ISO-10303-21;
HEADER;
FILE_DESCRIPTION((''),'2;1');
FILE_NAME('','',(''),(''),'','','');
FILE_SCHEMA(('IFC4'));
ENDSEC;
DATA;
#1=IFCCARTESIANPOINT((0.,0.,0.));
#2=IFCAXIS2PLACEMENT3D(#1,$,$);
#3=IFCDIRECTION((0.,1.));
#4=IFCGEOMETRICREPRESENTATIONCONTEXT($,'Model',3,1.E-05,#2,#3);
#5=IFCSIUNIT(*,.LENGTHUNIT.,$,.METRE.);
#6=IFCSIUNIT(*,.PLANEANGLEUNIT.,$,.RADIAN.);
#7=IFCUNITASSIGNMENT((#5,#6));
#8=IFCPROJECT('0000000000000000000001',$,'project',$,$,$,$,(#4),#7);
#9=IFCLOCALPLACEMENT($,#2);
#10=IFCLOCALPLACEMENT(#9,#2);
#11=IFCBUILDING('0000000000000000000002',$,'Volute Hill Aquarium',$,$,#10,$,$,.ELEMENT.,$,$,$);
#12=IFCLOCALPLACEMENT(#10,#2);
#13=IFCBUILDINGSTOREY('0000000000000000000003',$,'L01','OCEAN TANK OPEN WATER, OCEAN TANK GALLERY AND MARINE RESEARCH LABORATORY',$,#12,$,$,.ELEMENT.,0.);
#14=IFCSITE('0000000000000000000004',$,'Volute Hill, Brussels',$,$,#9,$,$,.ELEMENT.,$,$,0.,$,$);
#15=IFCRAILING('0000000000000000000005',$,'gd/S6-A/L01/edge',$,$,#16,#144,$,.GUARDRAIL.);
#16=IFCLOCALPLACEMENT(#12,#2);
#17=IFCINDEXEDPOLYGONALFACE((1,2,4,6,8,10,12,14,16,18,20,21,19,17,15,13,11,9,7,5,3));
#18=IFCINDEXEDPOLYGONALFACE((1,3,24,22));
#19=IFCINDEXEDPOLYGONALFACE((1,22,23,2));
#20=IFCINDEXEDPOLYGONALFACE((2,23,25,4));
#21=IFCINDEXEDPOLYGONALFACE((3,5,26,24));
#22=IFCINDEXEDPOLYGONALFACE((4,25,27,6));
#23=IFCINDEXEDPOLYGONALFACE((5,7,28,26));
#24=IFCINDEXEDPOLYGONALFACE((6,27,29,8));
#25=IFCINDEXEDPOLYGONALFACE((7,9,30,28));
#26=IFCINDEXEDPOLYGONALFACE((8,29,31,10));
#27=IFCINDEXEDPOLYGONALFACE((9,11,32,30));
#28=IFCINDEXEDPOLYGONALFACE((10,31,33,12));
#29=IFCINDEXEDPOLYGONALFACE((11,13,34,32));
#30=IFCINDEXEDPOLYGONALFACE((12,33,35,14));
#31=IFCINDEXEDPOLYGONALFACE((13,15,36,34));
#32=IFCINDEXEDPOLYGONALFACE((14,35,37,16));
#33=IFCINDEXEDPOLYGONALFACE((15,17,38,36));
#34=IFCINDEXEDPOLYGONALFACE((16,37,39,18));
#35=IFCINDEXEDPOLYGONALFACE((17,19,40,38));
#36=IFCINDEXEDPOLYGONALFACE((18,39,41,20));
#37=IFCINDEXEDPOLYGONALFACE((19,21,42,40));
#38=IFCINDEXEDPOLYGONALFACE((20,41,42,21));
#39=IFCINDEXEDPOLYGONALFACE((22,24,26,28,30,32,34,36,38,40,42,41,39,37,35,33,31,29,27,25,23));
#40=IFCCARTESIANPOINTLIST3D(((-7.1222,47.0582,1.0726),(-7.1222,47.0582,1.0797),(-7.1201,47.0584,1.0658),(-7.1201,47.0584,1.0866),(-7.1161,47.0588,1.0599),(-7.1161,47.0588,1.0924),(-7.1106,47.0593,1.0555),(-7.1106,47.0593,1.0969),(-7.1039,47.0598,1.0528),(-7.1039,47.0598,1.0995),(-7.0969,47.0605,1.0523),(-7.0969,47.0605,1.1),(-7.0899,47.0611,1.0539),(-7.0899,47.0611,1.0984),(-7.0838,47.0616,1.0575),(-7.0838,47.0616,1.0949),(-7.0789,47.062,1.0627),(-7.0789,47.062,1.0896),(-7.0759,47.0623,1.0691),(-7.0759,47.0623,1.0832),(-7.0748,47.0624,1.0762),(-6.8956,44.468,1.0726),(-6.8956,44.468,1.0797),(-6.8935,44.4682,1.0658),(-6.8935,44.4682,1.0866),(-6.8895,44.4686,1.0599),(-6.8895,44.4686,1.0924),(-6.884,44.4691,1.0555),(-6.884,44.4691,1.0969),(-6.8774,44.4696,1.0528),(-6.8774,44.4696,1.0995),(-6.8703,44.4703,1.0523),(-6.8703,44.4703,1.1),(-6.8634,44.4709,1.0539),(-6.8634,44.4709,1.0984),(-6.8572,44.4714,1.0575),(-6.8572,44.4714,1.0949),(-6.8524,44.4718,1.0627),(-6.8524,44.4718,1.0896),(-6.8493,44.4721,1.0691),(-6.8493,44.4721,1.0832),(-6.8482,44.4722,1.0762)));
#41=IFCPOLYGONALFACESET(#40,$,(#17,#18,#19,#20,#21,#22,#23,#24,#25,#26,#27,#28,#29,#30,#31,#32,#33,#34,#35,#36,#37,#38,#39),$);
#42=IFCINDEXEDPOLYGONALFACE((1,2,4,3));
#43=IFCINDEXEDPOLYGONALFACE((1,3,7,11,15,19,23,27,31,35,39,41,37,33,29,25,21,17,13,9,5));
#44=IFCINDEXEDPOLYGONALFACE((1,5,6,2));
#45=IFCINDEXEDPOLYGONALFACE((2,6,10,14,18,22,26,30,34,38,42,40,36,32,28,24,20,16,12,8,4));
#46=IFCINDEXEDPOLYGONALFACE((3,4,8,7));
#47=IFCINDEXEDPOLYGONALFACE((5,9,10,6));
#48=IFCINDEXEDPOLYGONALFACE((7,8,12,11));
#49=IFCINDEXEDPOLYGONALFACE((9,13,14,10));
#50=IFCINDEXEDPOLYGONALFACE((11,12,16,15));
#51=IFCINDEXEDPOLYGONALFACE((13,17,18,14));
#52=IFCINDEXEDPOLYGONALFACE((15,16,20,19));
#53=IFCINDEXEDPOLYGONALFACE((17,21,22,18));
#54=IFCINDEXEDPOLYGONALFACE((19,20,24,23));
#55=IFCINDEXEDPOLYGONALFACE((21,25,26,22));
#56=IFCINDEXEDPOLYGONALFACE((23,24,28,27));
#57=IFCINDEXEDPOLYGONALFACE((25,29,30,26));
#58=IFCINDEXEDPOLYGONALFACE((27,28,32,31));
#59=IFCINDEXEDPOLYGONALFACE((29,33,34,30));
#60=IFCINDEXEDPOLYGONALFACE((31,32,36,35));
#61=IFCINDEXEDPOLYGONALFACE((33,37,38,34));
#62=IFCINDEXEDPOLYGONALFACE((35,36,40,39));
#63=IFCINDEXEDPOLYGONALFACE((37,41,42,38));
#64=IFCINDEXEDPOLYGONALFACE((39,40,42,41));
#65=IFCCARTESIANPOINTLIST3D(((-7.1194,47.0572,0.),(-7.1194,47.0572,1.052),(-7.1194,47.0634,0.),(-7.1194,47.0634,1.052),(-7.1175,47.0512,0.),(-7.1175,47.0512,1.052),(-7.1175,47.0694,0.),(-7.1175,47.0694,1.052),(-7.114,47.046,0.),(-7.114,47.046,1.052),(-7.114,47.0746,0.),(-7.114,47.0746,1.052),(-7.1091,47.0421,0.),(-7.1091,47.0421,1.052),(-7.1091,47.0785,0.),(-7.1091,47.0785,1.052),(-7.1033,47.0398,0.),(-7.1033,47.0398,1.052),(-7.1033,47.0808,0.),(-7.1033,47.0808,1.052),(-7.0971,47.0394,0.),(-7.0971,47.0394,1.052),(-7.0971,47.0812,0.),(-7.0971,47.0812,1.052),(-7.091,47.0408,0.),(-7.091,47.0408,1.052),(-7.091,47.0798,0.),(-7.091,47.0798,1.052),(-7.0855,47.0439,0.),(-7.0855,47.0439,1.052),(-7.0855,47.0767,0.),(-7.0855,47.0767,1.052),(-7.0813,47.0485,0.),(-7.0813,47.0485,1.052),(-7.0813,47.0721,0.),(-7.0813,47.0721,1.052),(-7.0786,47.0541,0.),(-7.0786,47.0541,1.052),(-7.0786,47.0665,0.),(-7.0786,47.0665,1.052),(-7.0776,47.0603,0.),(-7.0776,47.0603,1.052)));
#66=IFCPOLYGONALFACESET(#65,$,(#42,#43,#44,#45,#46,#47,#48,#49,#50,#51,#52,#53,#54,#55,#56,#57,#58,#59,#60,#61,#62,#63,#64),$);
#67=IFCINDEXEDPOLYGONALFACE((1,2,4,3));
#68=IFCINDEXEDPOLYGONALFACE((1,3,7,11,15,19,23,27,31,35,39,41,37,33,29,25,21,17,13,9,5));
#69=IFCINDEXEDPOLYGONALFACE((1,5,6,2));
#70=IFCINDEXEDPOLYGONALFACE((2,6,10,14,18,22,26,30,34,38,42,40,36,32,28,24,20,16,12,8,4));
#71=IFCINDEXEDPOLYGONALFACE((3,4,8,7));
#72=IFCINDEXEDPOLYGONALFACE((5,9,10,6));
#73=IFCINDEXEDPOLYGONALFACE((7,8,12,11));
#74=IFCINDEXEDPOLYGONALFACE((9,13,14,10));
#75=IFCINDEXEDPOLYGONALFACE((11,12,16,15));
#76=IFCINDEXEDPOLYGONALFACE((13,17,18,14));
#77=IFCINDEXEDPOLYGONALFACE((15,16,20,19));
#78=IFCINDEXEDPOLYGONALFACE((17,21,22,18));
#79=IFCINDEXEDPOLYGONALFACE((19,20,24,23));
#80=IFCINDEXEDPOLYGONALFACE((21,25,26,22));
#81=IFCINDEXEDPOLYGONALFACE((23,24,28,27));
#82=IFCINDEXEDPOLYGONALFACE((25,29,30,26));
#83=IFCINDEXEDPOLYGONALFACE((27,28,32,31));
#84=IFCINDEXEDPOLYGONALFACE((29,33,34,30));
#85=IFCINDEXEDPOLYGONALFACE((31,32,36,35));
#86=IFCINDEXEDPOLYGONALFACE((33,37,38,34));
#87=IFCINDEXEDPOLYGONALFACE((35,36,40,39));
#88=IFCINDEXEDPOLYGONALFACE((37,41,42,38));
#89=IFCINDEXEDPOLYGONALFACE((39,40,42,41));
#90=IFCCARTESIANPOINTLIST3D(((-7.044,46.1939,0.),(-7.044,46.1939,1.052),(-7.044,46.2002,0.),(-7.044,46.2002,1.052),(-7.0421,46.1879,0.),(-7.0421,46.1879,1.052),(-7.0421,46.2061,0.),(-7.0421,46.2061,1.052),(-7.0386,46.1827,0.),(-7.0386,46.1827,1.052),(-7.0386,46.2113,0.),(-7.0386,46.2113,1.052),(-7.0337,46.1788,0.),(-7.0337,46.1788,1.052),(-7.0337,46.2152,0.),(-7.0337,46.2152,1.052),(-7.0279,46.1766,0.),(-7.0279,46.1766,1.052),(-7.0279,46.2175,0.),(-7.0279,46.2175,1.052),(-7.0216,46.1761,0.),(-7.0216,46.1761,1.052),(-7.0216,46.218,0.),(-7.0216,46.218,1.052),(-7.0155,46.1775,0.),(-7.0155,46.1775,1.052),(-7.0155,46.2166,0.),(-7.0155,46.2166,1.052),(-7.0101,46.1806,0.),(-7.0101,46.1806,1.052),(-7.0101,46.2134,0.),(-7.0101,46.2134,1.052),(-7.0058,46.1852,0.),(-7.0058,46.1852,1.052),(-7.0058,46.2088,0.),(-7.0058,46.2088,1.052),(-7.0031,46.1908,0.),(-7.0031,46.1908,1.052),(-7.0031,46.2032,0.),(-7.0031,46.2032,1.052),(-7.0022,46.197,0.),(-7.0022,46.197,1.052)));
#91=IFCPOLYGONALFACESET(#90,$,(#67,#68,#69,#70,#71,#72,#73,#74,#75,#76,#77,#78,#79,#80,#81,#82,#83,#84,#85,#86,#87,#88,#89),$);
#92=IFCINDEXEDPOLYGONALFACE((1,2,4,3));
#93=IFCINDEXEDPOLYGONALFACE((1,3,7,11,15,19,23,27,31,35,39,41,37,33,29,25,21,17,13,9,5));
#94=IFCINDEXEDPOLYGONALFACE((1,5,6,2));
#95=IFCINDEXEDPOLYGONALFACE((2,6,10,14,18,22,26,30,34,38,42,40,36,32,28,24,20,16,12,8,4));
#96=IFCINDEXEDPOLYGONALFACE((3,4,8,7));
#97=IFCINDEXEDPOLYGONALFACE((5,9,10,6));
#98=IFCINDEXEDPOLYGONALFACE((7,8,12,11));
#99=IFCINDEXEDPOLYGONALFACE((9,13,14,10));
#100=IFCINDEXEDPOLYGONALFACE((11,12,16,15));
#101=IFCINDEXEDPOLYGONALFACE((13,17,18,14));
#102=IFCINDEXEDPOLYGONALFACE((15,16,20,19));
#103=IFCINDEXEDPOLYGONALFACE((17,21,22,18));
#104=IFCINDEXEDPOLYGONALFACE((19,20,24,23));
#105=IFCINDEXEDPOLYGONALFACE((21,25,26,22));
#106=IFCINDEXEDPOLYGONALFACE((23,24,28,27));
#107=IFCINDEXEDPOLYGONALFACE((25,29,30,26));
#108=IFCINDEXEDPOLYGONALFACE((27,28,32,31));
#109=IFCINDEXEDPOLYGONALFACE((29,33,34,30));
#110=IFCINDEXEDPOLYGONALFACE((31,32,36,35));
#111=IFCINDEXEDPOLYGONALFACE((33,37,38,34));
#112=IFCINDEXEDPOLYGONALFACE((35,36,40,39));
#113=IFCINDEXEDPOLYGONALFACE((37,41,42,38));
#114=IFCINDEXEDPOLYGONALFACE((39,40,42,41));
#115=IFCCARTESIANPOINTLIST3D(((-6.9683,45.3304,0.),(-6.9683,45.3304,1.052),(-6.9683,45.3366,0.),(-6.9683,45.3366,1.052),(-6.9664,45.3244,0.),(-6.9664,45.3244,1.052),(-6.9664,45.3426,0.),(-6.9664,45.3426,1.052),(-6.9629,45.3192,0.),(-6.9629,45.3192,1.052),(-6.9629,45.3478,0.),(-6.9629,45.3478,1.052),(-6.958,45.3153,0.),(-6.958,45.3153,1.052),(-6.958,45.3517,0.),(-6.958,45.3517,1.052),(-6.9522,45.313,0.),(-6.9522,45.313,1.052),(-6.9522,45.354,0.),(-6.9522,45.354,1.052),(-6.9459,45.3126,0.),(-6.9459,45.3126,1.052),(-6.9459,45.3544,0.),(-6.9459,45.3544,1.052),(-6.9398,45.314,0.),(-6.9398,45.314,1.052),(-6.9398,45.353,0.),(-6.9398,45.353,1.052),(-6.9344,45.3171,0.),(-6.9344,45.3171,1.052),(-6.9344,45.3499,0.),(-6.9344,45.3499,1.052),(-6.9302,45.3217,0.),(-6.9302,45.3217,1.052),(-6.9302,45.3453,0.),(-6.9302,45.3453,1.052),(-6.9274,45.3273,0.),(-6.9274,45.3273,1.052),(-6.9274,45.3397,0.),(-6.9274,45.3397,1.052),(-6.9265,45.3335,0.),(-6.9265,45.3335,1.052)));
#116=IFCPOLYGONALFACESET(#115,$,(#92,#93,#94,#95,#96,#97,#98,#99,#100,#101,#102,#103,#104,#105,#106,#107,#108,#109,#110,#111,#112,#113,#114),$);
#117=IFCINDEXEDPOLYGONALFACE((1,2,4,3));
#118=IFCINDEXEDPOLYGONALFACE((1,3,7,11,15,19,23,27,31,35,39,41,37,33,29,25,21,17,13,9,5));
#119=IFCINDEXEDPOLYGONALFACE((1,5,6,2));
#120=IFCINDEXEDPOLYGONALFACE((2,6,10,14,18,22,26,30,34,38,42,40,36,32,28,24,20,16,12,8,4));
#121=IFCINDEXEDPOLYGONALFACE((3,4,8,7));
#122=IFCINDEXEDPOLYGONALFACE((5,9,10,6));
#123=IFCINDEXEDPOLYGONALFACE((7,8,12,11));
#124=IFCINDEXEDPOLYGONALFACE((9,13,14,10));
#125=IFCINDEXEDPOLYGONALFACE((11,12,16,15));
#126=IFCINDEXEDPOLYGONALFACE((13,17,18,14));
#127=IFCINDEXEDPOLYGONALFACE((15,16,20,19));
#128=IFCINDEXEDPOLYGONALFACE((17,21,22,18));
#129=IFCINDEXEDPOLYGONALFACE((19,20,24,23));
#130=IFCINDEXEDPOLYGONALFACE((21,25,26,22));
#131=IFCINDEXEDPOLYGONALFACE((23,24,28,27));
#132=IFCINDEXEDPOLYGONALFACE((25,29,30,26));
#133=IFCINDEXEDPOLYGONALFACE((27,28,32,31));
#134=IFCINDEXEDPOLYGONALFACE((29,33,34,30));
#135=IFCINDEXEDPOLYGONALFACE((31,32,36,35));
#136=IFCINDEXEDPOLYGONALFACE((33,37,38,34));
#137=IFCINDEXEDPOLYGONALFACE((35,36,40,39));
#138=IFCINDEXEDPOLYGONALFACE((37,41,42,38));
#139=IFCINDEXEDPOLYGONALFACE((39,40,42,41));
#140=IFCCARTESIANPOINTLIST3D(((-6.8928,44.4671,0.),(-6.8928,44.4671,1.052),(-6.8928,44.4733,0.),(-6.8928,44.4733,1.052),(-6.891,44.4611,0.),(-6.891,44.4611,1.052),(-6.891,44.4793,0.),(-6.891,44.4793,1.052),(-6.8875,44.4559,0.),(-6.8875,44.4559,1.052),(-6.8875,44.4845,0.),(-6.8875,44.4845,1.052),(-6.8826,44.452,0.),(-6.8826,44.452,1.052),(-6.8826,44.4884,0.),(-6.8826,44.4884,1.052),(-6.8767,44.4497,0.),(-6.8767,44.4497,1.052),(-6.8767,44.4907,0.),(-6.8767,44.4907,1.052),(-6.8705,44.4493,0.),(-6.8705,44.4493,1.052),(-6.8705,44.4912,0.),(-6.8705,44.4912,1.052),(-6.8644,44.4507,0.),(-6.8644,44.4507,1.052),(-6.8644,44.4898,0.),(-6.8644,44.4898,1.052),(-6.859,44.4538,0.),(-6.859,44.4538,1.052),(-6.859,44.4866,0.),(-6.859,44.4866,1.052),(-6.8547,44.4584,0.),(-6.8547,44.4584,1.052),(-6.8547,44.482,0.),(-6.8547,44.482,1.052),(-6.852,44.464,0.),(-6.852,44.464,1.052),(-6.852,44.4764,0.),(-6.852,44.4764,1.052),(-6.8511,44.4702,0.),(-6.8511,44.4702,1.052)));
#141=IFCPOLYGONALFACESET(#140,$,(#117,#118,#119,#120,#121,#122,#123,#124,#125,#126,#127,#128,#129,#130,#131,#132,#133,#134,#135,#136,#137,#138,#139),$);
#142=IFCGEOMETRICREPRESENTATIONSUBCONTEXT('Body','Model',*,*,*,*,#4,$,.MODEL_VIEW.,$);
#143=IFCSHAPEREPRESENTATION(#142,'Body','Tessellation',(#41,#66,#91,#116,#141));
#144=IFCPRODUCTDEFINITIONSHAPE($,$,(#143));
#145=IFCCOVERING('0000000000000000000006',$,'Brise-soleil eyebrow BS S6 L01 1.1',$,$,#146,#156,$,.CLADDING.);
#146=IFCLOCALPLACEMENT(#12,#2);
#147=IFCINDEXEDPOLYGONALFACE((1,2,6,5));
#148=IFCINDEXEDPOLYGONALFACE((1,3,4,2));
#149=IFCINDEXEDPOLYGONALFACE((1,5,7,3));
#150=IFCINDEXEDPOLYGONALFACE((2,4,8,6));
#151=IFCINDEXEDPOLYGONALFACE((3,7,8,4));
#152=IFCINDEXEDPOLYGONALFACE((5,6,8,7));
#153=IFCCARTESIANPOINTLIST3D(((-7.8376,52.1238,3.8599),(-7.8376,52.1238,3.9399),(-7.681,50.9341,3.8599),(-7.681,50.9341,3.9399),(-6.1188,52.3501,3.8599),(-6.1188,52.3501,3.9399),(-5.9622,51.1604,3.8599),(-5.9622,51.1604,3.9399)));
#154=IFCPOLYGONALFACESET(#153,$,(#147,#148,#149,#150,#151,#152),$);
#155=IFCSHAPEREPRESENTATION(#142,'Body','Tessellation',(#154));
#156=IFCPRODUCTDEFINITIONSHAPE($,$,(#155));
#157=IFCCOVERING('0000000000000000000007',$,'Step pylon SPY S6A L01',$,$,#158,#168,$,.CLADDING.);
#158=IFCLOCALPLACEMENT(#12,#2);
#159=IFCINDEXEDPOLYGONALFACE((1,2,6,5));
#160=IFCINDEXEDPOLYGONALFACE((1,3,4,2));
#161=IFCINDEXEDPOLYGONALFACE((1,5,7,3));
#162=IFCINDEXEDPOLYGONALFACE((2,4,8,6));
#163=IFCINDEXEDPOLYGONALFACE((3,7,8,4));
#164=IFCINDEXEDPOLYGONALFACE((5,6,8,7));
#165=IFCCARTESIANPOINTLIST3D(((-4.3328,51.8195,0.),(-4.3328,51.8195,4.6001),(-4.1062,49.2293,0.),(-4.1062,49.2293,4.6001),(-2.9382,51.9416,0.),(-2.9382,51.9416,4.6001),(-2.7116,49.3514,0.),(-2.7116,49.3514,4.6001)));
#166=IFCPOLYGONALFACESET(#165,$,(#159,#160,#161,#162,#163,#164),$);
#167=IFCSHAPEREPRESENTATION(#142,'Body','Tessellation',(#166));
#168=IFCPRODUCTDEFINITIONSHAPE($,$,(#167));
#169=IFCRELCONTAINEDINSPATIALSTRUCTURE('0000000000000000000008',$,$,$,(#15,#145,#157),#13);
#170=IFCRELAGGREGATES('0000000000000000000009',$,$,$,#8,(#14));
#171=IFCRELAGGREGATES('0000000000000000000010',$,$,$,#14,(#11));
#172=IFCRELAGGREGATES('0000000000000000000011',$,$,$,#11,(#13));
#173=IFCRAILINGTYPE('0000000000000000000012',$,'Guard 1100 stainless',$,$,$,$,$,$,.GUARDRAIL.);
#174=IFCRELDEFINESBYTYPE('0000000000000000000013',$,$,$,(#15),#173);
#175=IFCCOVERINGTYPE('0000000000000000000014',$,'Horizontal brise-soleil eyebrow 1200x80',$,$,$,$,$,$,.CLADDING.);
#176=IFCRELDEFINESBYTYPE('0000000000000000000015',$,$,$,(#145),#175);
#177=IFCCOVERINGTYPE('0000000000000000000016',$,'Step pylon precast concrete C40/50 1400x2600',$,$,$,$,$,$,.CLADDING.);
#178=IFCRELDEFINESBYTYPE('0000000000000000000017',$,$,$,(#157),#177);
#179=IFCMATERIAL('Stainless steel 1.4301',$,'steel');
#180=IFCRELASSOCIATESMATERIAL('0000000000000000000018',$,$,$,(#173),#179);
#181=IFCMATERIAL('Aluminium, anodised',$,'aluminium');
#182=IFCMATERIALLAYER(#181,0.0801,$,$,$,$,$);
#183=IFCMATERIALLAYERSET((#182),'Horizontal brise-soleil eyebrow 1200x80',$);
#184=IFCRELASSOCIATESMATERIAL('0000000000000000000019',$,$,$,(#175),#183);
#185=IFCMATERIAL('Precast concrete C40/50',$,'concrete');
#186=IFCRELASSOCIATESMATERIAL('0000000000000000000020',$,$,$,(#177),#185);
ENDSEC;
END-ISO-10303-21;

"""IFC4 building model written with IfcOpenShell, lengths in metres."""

from ifc_helpers import new_model, si_unit, direction, frame, origin, origin_2d, place, context, subcontext, project, spatial, rectangle, circle, extrude, material, layer, layer_set, type_object, element, save


model = new_model("IFC4")

# Units and contexts
model_context = context("Model", 3, precision=1e-05, world=origin(), true_north=direction((0.0, 1.0)))
body_context = subcontext(model_context, "Body", "Model", "MODEL_VIEW")
ifc_project = project(units=[si_unit("LENGTHUNIT", "METRE"), si_unit("PLANEANGLEUNIT", "RADIAN")], contexts=[model_context])

# Site, building, storey
site_placement = place(None, origin())
site = spatial("IfcSite", under=ifc_project, at=site_placement, Name="Volute Hill, Brussels", CompositionType="ELEMENT", RefElevation=0.0)
building_placement = place(site_placement, origin())
building = spatial("IfcBuilding", under=site, at=building_placement, Name="Volute Hill Aquarium", CompositionType="ELEMENT")
storey_placement = place(building_placement, origin())
storey = spatial("IfcBuildingStorey", under=building, at=storey_placement, Name="L01", Description="OCEAN TANK OPEN WATER, OCEAN TANK GALLERY AND MARINE RESEARCH LABORATORY", CompositionType="ELEMENT", Elevation=0.0)

# Railing
ifc_material_1 = material(Name="Stainless steel 1.4301", Category="steel")
railing_type = type_object("IfcRailingType", Name="Guard 1100 stainless", PredefinedType="GUARDRAIL", material=ifc_material_1)
railing_placement = place(storey_placement, frame((-7.0986, 47.0603, 0.0)))
element("IfcRailing", 1, at=railing_placement, inside=storey, type_object=railing_type, Name="gd/S6-A/L01/edge", PredefinedType="GUARDRAIL", context=body_context, shape_type="SweptSolid", body=[
    extrude(circle(Radius=0.0239, at=origin_2d()), frame((0.0, 0.0, 1.0762), z_axis=(0.08714, -0.996196, 0.0), x_axis=(0.996196, 0.08714, 0.0)), (0.0, 0.0, 1.0), 2.6001),
    extrude(circle(Radius=0.021, at=origin_2d()), origin(), (0.0, 0.0, 1.0), 1.052),
    extrude(circle(Radius=0.021, at=origin_2d()), frame((0.0754, -0.8633, 0.0)), (0.0, 0.0, 1.0), 1.052),
    extrude(circle(Radius=0.021, at=origin_2d()), frame((0.1511, -1.7268, 0.0)), (0.0, 0.0, 1.0), 1.052),
    extrude(circle(Radius=0.021, at=origin_2d()), frame((0.2266, -2.5901, 0.0)), (0.0, 0.0, 1.0), 1.052),
])

# Coverings
ifc_material_2 = material(Name="Aluminium, anodised", Category="aluminium")
ifc_layer_1 = layer(ifc_material_2, 0.0801)
ifc_layer_set_1 = layer_set([ifc_layer_1], Name="Horizontal brise-soleil eyebrow 1200x80")
covering_type_1 = type_object("IfcCoveringType", Name="Horizontal brise-soleil eyebrow 1200x80", PredefinedType="CLADDING", material=ifc_layer_set_1)
covering_1_placement = place(storey_placement, frame((-6.8999, 51.6421, 3.8599), z_axis=(0.0, 0.0, 1.0), x_axis=(-0.991445, -0.130526, 0.0)))
element("IfcCovering", 2, at=covering_1_placement, inside=storey, type_object=covering_type_1, Name="Brise-soleil eyebrow BS S6 L01 1.1", PredefinedType="CLADDING", context=body_context, shape_type="SweptSolid", body=[
    extrude(rectangle(XDim=1.7336, YDim=1.2, at=origin_2d()), origin(), (0.0, 0.0, 1.0), 0.0801),
])
ifc_material_3 = material(Name="Precast concrete C40/50", Category="concrete")
covering_type_2 = type_object("IfcCoveringType", Name="Step pylon precast concrete C40/50 1400x2600", PredefinedType="CLADDING", material=ifc_material_3)
covering_2_placement = place(storey_placement, frame((-3.5222, 50.5854, 0.0), z_axis=(0.0, 0.0, 1.0), x_axis=(-0.087156, 0.996195, 0.0)))
element("IfcCovering", 3, at=covering_2_placement, inside=storey, type_object=covering_type_2, Name="Step pylon SPY S6A L01", PredefinedType="CLADDING", context=body_context, shape_type="SweptSolid", body=[
    extrude(rectangle(XDim=2.6001, YDim=1.3999, at=origin_2d()), origin(), (0.0, 0.0, 1.0), 4.6001),
])

save(model, "model.ifc")
